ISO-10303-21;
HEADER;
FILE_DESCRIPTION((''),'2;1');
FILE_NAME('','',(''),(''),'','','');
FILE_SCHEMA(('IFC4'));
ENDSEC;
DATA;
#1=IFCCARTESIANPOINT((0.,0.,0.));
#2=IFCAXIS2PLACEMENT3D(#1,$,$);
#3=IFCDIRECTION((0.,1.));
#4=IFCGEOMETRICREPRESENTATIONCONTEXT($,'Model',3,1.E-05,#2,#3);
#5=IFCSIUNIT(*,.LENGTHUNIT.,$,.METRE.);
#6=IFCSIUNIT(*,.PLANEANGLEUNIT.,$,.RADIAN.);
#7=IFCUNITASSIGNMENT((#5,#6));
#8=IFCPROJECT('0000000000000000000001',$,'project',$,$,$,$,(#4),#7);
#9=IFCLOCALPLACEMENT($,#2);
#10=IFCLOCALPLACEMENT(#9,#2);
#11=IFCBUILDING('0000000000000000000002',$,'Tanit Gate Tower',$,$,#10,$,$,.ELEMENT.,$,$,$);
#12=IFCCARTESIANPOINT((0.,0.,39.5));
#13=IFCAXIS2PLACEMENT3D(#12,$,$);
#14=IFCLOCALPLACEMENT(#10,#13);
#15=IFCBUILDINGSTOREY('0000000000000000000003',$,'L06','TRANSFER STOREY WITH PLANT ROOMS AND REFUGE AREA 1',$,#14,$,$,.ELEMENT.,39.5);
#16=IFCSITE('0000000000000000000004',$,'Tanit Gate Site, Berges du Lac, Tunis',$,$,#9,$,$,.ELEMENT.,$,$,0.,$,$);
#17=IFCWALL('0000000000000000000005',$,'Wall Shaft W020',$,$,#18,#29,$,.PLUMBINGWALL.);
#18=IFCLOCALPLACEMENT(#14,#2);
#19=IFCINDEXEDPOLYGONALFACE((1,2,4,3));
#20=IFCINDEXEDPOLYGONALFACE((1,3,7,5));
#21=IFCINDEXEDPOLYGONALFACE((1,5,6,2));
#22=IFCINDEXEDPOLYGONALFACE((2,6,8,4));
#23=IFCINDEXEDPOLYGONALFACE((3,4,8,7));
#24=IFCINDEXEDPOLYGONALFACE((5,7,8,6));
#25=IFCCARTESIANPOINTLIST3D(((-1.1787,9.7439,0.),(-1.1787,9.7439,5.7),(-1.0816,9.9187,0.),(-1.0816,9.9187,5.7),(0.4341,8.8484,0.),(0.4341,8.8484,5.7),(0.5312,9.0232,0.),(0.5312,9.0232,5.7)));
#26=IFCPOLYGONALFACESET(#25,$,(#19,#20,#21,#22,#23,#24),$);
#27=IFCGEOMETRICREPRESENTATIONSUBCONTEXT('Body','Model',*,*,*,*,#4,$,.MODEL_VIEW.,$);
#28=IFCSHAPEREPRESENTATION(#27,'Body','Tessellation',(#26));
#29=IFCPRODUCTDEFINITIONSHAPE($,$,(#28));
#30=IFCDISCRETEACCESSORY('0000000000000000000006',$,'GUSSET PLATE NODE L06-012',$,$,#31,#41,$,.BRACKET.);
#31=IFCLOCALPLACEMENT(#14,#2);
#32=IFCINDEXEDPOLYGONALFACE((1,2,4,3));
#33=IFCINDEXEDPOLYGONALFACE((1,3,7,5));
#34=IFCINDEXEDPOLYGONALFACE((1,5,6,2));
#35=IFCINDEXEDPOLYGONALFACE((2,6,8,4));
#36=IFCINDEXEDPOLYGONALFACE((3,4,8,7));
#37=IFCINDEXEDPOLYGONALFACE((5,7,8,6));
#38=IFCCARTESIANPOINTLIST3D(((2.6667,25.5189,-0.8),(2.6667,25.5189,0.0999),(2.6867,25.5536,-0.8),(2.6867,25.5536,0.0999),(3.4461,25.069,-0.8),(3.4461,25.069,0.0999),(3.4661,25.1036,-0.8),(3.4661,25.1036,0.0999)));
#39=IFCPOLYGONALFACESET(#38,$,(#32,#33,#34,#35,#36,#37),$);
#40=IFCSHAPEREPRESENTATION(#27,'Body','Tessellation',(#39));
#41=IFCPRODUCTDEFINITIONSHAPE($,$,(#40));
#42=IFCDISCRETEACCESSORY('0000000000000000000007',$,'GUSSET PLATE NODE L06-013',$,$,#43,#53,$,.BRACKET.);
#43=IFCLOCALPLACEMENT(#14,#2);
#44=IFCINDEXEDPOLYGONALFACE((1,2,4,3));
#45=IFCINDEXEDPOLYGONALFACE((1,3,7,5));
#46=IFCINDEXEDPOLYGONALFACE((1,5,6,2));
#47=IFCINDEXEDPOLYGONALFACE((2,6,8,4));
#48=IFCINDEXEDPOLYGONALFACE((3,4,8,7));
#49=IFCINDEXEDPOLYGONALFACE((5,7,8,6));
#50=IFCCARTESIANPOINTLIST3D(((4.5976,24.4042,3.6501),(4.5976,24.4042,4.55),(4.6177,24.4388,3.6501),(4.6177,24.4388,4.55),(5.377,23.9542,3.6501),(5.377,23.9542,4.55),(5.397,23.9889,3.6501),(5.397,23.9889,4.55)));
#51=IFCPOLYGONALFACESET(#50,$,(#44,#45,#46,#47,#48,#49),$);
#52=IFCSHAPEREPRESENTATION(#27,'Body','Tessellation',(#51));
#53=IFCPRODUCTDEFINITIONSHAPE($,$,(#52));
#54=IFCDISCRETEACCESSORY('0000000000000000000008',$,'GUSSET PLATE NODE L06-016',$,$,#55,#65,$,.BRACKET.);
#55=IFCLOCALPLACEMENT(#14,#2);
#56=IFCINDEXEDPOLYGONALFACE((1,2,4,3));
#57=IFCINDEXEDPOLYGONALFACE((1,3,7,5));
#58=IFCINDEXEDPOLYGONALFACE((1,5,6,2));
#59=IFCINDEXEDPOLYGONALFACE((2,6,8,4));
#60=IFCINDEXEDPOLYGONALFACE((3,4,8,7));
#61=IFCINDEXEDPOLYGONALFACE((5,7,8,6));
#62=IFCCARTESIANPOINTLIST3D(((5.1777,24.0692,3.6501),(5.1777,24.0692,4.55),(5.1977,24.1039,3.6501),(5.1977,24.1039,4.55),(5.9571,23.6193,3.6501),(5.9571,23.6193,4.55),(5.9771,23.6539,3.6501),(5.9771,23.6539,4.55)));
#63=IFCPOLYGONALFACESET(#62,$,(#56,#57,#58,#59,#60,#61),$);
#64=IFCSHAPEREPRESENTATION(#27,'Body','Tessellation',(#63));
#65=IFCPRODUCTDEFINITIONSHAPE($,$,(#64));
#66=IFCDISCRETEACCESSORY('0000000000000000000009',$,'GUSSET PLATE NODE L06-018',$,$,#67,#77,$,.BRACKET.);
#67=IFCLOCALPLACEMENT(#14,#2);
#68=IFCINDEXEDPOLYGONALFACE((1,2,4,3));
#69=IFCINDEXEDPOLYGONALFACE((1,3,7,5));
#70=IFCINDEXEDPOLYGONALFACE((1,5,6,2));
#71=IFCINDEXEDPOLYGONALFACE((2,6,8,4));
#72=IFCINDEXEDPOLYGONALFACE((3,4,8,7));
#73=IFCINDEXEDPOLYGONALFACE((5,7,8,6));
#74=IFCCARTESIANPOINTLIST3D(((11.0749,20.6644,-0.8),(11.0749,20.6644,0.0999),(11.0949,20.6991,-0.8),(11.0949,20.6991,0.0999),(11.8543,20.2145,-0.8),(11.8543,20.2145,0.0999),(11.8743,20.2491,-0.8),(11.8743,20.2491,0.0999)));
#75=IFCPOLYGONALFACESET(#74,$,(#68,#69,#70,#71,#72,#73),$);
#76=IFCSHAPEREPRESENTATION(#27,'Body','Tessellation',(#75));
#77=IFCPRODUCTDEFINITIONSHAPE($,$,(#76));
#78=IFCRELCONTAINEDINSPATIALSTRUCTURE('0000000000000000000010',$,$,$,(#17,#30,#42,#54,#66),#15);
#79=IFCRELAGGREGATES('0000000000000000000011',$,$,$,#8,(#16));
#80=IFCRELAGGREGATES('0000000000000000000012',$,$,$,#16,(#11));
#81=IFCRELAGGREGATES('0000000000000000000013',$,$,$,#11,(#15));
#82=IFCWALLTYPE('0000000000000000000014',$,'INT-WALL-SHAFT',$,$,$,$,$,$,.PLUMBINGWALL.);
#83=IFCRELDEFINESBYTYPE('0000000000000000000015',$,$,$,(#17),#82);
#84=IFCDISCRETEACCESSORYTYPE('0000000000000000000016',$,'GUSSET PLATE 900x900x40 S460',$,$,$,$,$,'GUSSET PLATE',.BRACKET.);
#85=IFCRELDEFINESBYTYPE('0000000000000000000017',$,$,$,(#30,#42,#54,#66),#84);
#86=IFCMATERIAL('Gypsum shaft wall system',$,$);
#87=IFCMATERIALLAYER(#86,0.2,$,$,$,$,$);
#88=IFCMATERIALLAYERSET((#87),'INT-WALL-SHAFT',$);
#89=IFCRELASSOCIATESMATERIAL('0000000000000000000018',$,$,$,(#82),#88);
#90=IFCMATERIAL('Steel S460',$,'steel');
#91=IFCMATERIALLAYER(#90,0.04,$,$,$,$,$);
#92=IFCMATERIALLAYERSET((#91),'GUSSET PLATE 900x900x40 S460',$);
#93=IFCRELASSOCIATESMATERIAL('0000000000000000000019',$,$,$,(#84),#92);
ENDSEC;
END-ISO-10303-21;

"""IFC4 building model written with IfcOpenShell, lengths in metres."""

from ifc_helpers import new_model, si_unit, direction, frame, frame_2d, origin, origin_2d, place, context, subcontext, project, spatial, rectangle, extrude, material, layer, layer_set, type_object, element, save


model = new_model("IFC4")

# Units and contexts
model_context = context("Model", 3, precision=1e-05, world=origin(), true_north=direction((0.0, 1.0)))
body_context = subcontext(model_context, "Body", "Model", "MODEL_VIEW")
ifc_project = project(units=[si_unit("LENGTHUNIT", "METRE"), si_unit("PLANEANGLEUNIT", "RADIAN")], contexts=[model_context])

# Site, building, storey
site_placement = place(None, origin())
site = spatial("IfcSite", under=ifc_project, at=site_placement, Name="Tanit Gate Site, Berges du Lac, Tunis", CompositionType="ELEMENT", RefElevation=0.0)
building_placement = place(site_placement, origin())
building = spatial("IfcBuilding", under=site, at=building_placement, Name="Tanit Gate Tower", CompositionType="ELEMENT")
storey_placement = place(building_placement, frame((0.0, 0.0, 39.5)))
storey = spatial("IfcBuildingStorey", under=building, at=storey_placement, Name="L06", Description="TRANSFER STOREY WITH PLANT ROOMS AND REFUGE AREA 1", CompositionType="ELEMENT", Elevation=39.5)

# Wall
ifc_material_1 = material(Name="Gypsum shaft wall system")
ifc_layer_1 = layer(ifc_material_1, 0.2)
ifc_layer_set_1 = layer_set([ifc_layer_1], Name="INT-WALL-SHAFT")
wall_type_1 = type_object("IfcWallType", Name="INT-WALL-SHAFT", PredefinedType="PLUMBINGWALL", material=ifc_layer_set_1)
wall_1_placement = place(storey_placement, frame((0.4827, 8.9358, 0.0), z_axis=(0.0, 0.0, 1.0), x_axis=(-0.87427, 0.485441, 0.0)))
element("IfcWall", 1, at=wall_1_placement, inside=storey, type_object=wall_type_1, Name="Wall Shaft W020", PredefinedType="PLUMBINGWALL", context=body_context, shape_type="SweptSolid", body=[
    extrude(rectangle(XDim=1.8447, YDim=0.2, at=frame_2d((0.9224, 0.0))), origin(), (0.0, 0.0, 1.0), 5.7),
])

# Discrete accessories
ifc_material_2 = material(Name="Steel S460", Category="steel")
ifc_layer_2 = layer(ifc_material_2, 0.04)
ifc_layer_set_2 = layer_set([ifc_layer_2], Name="GUSSET PLATE 900x900x40 S460")
discrete_accessory_type = type_object("IfcDiscreteAccessoryType", Name="GUSSET PLATE 900x900x40 S460", ElementType="GUSSET PLATE", PredefinedType="BRACKET", material=ifc_layer_set_2)
for number, where, z_axis, x_axis, name in (
    (2, (3.0664, 25.3113, -0.8), (0.0, 0.0, 1.0), (0.866025, -0.5, 0.0), "GUSSET PLATE NODE L06-012"),
    (3, (4.9973, 24.1965, 3.6501), (0.0, 0.0, 1.0), (-0.866025, 0.5, 0.0), "GUSSET PLATE NODE L06-013"),
    (4, (5.5774, 23.8616, 3.6501), (0.0, 0.0, 1.0), (0.866025, -0.5, 0.0), "GUSSET PLATE NODE L06-016"),
    (5, (11.4746, 20.4568, -0.8), (0.0, 0.0, 1.0), (-0.866025, 0.5, 0.0), "GUSSET PLATE NODE L06-018"),
):
    element("IfcDiscreteAccessory", number, at=place(storey_placement, frame(where, z_axis=z_axis, x_axis=x_axis)), inside=storey, type_object=discrete_accessory_type, Name=name, PredefinedType="BRACKET", context=body_context, shape_type="SweptSolid", body=[
        extrude(rectangle(XDim=0.8999, YDim=0.04, at=origin_2d()), origin(), (0.0, 0.0, 1.0), 0.8999),
    ])

save(model, "model.ifc")
